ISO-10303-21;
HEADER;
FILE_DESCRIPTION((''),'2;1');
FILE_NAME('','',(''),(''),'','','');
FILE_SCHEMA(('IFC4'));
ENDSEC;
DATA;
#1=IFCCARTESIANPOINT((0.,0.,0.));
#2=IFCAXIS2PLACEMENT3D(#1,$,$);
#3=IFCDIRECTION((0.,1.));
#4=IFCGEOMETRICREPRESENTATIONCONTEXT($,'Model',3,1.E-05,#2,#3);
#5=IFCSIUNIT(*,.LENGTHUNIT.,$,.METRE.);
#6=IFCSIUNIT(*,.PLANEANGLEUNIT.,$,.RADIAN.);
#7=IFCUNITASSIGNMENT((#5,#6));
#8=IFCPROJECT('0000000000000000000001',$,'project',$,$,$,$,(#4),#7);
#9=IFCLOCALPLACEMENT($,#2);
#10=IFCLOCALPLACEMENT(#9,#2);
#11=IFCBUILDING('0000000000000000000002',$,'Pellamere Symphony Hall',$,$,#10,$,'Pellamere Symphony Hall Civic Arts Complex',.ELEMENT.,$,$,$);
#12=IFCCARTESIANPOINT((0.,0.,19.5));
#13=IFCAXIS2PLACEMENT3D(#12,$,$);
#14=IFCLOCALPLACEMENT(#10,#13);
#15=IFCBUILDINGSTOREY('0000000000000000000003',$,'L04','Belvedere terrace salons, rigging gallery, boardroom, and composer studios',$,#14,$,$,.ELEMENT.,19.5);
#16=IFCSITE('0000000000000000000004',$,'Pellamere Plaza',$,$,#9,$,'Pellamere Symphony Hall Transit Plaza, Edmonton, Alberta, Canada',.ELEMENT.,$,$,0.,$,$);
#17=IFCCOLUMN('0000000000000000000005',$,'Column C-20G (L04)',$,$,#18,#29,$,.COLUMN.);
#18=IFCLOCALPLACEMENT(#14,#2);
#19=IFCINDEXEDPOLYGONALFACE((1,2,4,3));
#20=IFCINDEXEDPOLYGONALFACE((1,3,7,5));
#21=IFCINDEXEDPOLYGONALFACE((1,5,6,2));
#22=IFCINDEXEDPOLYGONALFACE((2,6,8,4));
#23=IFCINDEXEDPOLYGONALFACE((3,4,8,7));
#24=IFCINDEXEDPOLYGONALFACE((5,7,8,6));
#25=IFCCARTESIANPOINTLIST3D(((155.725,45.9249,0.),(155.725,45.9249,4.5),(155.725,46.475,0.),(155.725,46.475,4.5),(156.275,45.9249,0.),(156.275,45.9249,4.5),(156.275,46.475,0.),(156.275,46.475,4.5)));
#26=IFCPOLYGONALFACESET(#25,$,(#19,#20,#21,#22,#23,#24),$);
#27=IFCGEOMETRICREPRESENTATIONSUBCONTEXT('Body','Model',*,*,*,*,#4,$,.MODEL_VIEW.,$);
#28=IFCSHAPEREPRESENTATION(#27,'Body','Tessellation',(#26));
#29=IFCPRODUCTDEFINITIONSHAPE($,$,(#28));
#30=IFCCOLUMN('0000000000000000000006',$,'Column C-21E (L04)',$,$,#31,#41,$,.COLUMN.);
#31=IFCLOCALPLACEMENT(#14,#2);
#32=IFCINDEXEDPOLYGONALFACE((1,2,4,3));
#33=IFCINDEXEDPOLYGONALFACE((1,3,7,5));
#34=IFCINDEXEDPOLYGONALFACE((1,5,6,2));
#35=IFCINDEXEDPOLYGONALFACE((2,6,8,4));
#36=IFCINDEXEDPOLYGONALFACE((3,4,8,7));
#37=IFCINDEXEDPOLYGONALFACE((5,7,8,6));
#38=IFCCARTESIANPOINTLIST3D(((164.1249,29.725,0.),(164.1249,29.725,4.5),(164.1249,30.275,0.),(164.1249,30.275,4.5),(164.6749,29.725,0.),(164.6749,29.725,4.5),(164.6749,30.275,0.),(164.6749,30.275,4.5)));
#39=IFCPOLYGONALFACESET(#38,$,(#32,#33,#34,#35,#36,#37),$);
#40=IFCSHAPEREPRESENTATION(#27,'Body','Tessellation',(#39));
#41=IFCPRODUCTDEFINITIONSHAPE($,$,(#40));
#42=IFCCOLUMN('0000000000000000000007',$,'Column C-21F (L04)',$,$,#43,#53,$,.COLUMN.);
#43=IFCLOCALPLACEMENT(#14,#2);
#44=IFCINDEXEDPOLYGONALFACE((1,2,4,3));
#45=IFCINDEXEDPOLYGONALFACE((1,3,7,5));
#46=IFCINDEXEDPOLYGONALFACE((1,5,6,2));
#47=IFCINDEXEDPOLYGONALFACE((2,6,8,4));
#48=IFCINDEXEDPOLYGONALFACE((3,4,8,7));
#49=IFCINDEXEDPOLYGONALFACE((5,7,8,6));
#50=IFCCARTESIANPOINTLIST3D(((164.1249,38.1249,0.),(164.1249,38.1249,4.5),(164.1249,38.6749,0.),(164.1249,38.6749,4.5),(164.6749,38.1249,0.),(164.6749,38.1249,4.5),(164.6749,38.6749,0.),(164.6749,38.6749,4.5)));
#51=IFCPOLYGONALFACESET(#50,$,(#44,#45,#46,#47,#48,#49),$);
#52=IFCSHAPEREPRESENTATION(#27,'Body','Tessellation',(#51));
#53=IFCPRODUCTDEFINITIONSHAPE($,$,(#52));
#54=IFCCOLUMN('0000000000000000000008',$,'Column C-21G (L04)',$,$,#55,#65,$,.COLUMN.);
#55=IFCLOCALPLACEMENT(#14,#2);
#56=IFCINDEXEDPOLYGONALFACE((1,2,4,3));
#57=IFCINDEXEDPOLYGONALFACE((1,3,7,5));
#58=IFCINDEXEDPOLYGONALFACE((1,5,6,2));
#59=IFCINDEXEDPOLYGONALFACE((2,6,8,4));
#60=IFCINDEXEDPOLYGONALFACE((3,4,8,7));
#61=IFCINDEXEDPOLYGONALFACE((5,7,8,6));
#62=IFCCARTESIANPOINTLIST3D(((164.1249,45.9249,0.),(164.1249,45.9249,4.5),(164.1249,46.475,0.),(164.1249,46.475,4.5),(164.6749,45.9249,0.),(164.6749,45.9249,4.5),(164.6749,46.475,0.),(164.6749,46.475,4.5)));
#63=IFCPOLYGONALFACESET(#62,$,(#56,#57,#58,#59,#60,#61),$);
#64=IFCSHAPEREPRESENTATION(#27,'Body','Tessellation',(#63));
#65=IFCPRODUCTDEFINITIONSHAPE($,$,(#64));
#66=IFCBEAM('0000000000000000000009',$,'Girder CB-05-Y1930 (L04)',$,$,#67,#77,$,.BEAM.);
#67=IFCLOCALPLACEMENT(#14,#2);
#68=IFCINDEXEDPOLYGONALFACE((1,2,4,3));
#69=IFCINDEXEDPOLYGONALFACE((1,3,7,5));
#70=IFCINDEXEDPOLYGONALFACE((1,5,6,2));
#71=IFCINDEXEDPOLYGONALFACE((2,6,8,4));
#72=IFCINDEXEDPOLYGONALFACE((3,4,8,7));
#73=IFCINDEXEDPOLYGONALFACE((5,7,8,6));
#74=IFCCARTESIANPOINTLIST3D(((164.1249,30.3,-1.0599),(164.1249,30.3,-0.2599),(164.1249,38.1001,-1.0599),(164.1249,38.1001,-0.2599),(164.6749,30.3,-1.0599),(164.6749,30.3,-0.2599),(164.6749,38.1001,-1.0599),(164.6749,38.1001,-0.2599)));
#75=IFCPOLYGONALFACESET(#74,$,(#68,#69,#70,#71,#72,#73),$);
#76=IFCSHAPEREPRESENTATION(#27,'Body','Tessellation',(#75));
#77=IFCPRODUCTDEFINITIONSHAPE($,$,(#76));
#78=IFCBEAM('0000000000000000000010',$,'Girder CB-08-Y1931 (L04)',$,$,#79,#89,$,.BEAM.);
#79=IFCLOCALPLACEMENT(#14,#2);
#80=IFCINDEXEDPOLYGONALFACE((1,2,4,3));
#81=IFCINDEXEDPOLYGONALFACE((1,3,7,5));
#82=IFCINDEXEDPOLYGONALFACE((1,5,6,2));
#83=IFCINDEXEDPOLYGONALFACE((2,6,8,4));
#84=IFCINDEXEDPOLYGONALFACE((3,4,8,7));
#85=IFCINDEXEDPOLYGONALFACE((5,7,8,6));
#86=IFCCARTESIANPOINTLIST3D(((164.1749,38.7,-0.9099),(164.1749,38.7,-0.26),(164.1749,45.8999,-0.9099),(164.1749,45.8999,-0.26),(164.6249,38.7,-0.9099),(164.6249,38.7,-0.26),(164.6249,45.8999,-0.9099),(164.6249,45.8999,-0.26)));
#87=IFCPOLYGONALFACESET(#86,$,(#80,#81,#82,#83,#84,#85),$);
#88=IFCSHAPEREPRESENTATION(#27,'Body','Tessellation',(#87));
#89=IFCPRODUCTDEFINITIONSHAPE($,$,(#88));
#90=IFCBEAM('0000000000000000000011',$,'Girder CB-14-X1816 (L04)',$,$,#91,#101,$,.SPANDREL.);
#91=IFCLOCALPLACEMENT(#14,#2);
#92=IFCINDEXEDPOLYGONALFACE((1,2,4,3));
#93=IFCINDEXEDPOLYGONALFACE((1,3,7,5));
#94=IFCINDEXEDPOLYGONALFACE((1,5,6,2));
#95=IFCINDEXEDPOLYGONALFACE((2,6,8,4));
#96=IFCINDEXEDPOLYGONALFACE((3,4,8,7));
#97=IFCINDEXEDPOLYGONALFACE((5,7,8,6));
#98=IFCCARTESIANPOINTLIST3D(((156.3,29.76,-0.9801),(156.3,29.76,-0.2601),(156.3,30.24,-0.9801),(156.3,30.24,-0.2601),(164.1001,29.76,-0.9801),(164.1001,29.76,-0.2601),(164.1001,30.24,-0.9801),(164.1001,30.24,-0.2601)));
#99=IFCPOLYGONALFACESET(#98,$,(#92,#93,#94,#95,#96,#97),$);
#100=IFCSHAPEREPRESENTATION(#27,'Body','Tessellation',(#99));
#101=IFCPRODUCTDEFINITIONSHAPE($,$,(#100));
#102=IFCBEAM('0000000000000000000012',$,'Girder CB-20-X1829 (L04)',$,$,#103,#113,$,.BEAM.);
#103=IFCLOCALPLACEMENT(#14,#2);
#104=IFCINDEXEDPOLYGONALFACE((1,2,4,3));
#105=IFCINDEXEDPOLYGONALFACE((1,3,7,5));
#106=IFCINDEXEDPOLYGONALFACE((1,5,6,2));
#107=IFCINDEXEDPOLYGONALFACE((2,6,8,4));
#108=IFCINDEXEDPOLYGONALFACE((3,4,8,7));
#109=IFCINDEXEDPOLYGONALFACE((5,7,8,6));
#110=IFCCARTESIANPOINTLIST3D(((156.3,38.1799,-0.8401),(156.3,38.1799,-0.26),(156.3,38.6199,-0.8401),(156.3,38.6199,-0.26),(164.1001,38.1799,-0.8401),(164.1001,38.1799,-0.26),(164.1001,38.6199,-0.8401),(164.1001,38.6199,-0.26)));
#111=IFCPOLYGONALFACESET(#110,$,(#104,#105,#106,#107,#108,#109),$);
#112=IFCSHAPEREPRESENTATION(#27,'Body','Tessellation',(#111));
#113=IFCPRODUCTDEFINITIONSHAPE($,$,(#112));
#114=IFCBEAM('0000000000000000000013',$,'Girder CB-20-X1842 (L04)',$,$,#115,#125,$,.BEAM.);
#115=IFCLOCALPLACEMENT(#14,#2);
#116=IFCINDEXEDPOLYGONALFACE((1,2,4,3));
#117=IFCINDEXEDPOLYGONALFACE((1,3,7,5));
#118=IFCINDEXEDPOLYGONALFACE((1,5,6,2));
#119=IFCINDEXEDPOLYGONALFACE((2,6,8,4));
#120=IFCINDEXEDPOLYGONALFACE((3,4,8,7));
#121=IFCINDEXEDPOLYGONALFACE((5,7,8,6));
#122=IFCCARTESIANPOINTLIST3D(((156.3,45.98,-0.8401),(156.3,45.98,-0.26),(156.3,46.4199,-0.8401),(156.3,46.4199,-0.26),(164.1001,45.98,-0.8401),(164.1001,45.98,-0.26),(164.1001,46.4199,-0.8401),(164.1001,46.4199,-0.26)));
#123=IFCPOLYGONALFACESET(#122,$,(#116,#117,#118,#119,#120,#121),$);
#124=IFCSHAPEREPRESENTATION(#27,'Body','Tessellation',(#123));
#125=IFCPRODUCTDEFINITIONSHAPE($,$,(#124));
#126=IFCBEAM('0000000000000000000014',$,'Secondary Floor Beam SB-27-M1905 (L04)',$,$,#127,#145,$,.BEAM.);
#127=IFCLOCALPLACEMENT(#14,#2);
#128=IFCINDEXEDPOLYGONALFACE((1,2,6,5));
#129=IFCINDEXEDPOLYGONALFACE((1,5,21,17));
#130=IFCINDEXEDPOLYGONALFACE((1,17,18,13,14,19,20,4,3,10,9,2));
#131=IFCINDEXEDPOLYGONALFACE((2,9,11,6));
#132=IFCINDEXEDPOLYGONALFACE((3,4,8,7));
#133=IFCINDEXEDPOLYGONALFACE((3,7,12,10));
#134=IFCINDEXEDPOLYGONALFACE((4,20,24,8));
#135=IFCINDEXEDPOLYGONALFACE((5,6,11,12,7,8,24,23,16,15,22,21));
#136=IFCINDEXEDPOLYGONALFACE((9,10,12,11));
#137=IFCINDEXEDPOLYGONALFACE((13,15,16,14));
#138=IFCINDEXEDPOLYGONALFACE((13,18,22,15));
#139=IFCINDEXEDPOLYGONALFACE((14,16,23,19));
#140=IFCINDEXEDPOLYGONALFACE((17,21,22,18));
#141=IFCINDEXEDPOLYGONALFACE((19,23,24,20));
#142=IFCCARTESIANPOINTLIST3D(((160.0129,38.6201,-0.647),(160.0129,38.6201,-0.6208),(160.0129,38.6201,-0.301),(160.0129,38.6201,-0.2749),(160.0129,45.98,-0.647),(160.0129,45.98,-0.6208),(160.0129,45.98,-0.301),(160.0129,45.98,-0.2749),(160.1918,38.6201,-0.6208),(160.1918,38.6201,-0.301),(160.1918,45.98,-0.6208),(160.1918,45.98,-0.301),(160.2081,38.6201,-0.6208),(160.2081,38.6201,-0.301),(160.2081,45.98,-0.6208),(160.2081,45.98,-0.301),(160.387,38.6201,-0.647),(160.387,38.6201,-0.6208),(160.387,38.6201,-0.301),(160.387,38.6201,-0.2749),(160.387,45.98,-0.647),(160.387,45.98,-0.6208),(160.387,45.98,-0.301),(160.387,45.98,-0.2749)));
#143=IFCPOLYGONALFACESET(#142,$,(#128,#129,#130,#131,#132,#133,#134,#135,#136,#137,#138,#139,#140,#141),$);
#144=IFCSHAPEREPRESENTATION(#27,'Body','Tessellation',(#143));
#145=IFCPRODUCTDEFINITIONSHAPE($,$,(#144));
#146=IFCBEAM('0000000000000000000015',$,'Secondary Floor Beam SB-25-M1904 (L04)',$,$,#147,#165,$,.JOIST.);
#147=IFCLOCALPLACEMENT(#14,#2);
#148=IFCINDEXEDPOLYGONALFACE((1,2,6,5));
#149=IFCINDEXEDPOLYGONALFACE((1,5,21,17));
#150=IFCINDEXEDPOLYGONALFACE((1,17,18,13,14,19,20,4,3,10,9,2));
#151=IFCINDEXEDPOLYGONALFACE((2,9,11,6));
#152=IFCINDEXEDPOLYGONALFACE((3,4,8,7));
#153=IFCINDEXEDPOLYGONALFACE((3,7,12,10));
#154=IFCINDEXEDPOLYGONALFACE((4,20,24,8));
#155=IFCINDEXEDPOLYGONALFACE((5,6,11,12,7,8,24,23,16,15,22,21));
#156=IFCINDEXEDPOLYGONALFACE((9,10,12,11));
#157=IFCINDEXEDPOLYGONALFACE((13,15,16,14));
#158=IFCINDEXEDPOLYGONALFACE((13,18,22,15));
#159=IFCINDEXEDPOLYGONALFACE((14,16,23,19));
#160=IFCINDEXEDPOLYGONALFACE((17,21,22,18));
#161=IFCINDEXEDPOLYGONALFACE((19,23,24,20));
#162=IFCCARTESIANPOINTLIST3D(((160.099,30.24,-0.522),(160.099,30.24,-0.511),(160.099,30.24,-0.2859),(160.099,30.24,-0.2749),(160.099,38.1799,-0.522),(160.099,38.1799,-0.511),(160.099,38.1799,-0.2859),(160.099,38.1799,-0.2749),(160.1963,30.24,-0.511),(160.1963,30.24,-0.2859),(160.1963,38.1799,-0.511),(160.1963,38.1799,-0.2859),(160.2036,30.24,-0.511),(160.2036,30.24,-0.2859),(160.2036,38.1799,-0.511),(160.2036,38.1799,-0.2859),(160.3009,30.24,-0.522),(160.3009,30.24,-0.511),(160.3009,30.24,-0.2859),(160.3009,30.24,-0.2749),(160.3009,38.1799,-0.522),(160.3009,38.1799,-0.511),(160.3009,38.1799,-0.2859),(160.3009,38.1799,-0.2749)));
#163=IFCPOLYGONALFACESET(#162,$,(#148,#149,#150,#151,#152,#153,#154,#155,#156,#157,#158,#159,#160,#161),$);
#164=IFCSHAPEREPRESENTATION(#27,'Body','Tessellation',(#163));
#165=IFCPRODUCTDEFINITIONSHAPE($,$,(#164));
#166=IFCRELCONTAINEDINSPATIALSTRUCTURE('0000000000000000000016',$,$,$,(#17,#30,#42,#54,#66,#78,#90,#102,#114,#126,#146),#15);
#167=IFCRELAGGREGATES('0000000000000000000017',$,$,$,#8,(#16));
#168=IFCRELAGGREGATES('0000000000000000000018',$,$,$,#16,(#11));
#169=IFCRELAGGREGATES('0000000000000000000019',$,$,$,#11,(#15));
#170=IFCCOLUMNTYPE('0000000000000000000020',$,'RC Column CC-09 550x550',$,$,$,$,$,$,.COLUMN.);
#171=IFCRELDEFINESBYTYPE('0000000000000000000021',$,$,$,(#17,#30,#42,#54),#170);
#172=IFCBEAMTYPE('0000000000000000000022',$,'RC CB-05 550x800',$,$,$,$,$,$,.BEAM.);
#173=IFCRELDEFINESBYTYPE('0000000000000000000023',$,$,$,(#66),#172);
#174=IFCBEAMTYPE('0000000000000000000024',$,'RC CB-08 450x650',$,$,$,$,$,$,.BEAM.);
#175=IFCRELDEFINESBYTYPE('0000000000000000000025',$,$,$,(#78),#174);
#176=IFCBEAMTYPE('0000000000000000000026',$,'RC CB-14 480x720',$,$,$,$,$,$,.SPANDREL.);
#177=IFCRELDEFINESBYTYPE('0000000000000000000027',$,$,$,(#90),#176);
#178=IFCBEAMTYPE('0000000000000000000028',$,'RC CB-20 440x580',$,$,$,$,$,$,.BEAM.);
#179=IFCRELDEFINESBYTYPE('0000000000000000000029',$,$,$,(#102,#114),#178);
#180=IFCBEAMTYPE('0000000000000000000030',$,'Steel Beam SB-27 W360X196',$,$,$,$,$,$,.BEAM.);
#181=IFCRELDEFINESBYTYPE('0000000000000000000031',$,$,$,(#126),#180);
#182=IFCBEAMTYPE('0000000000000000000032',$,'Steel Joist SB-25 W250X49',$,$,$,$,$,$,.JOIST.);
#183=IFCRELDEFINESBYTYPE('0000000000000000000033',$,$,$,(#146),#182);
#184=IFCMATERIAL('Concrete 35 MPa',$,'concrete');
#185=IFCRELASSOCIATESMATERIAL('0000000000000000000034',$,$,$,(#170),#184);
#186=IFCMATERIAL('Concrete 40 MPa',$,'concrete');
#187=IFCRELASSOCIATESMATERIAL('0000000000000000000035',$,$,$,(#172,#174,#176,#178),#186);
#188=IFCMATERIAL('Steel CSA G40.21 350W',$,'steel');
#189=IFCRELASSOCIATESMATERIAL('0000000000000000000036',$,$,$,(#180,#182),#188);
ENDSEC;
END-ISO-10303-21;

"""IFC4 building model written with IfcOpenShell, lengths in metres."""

from ifc_helpers import new_model, si_unit, direction, frame, origin, origin_2d, place, context, subcontext, project, spatial, rectangle, i_section, extrude, material, material_profile, profile_set, type_object, element, save


model = new_model("IFC4")

# Units and contexts
model_context = context("Model", 3, precision=1e-05, world=origin(), true_north=direction((0.0, 1.0)))
body_context = subcontext(model_context, "Body", "Model", "MODEL_VIEW")
ifc_project = project(units=[si_unit("LENGTHUNIT", "METRE"), si_unit("PLANEANGLEUNIT", "RADIAN")], contexts=[model_context])

# Site, building, storey
site_placement = place(None, origin())
site = spatial("IfcSite", under=ifc_project, at=site_placement, Name="Pellamere Plaza", LongName="Pellamere Symphony Hall Transit Plaza, Edmonton, Alberta, Canada", CompositionType="ELEMENT", RefElevation=0.0)
building_placement = place(site_placement, origin())
building = spatial("IfcBuilding", under=site, at=building_placement, Name="Pellamere Symphony Hall", LongName="Pellamere Symphony Hall Civic Arts Complex", CompositionType="ELEMENT")
storey_placement = place(building_placement, frame((0.0, 0.0, 19.5)))
storey = spatial("IfcBuildingStorey", under=building, at=storey_placement, Name="L04", Description="Belvedere terrace salons, rigging gallery, boardroom, and composer studios", CompositionType="ELEMENT", Elevation=19.5)

# Columns
ifc_material_1 = material(Name="Concrete 35 MPa", Category="concrete")
ifc_material_profile_1 = material_profile(ifc_material_1, rectangle(XDim=0.55, YDim=0.55, at=origin_2d()), Name="RC 550x550")
ifc_profile_set_1 = profile_set([ifc_material_profile_1], Name="Concrete 35 MPa")
column_type = type_object("IfcColumnType", Name="RC Column CC-09 550x550", PredefinedType="COLUMN", material=ifc_profile_set_1)
for number, where, z_axis, x_axis, name in (
    (1, (156.0, 46.2, 0.0), (0.0, 0.0, 1.0), (1.0, 0.0, 0.0), "Column C-20G (L04)"),
    (2, (164.3999, 30.0, 0.0), (0.0, 0.0, 1.0), (1.0, 0.0, 0.0), "Column C-21E (L04)"),
    (3, (164.3999, 38.3999, 0.0), (0.0, 0.0, 1.0), (1.0, 0.0, 0.0), "Column C-21F (L04)"),
    (4, (164.3999, 46.2, 0.0), (0.0, 0.0, 1.0), (1.0, 0.0, 0.0), "Column C-21G (L04)"),
):
    element("IfcColumn", number, at=place(storey_placement, frame(where, z_axis=z_axis, x_axis=x_axis)), inside=storey, type_object=column_type, Name=name, PredefinedType="COLUMN", context=body_context, shape_type="SweptSolid", body=[
        extrude(rectangle(XDim=0.55, YDim=0.55, at=origin_2d()), origin(), (0.0, 0.0, 1.0), 4.5),
    ])

# Beams
ifc_material_2 = material(Name="Concrete 40 MPa", Category="concrete")
ifc_material_profile_2 = material_profile(ifc_material_2, rectangle(XDim=0.55, YDim=0.8, at=origin_2d()), Name="RC 550x800")
ifc_profile_set_2 = profile_set([ifc_material_profile_2], Name="Concrete 40 MPa")
beam_type_1 = type_object("IfcBeamType", Name="RC CB-05 550x800", PredefinedType="BEAM", material=ifc_profile_set_2)
beam_1_placement = place(storey_placement, frame((164.3999, 30.3, -0.6599), z_axis=(0.0, 1.0, 0.0), x_axis=(-1.0, 0.0, 0.0)))
element("IfcBeam", 5, at=beam_1_placement, inside=storey, type_object=beam_type_1, Name="Girder CB-05-Y1930 (L04)", PredefinedType="BEAM", context=body_context, shape_type="SweptSolid", body=[
    extrude(rectangle(XDim=0.55, YDim=0.8, at=origin_2d()), origin(), (0.0, 0.0, 1.0), 7.8),
])
ifc_material_profile_3 = material_profile(ifc_material_2, rectangle(XDim=0.45, YDim=0.6499, at=origin_2d()), Name="RC 450x650")
ifc_profile_set_3 = profile_set([ifc_material_profile_3], Name="Concrete 40 MPa")
beam_type_2 = type_object("IfcBeamType", Name="RC CB-08 450x650", PredefinedType="BEAM", material=ifc_profile_set_3)
beam_2_placement = place(storey_placement, frame((164.3999, 38.7, -0.585), z_axis=(0.0, 1.0, 0.0), x_axis=(-1.0, 0.0, 0.0)))
element("IfcBeam", 6, at=beam_2_placement, inside=storey, type_object=beam_type_2, Name="Girder CB-08-Y1931 (L04)", PredefinedType="BEAM", context=body_context, shape_type="SweptSolid", body=[
    extrude(rectangle(XDim=0.45, YDim=0.6499, at=origin_2d()), origin(), (0.0, 0.0, 1.0), 7.2),
])
ifc_material_profile_4 = material_profile(ifc_material_2, rectangle(XDim=0.48, YDim=0.72, at=origin_2d()), Name="RC 480x720")
ifc_profile_set_4 = profile_set([ifc_material_profile_4], Name="Concrete 40 MPa")
beam_type_3 = type_object("IfcBeamType", Name="RC CB-14 480x720", PredefinedType="SPANDREL", material=ifc_profile_set_4)
beam_3_placement = place(storey_placement, frame((156.3, 30.0, -0.6201), z_axis=(1.0, 0.0, 0.0), x_axis=(0.0, 1.0, 0.0)))
element("IfcBeam", 7, at=beam_3_placement, inside=storey, type_object=beam_type_3, Name="Girder CB-14-X1816 (L04)", PredefinedType="SPANDREL", context=body_context, shape_type="SweptSolid", body=[
    extrude(rectangle(XDim=0.48, YDim=0.72, at=origin_2d()), origin(), (0.0, 0.0, 1.0), 7.8),
])
ifc_material_profile_5 = material_profile(ifc_material_2, rectangle(XDim=0.4399, YDim=0.5801, at=origin_2d()), Name="RC 440x580")
ifc_profile_set_5 = profile_set([ifc_material_profile_5], Name="Concrete 40 MPa")
beam_type_4 = type_object("IfcBeamType", Name="RC CB-20 440x580", PredefinedType="BEAM", material=ifc_profile_set_5)
for number, where, z_axis, x_axis, name in (
    (8, (156.3, 38.3999, -0.55), (1.0, 0.0, 0.0), (0.0, 1.0, 0.0), "Girder CB-20-X1829 (L04)"),
    (9, (156.3, 46.2, -0.55), (1.0, 0.0, 0.0), (0.0, 1.0, 0.0), "Girder CB-20-X1842 (L04)"),
):
    element("IfcBeam", number, at=place(storey_placement, frame(where, z_axis=z_axis, x_axis=x_axis)), inside=storey, type_object=beam_type_4, Name=name, PredefinedType="BEAM", context=body_context, shape_type="SweptSolid", body=[
        extrude(rectangle(XDim=0.4399, YDim=0.5801, at=origin_2d()), origin(), (0.0, 0.0, 1.0), 7.8),
    ])
ifc_material_3 = material(Name="Steel CSA G40.21 350W", Category="steel")
ifc_material_profile_6 = material_profile(ifc_material_3, i_section(OverallWidth=0.374, OverallDepth=0.3721, WebThickness=0.0164, FlangeThickness=0.0261, at=origin_2d()), Name="W360X196")
ifc_profile_set_6 = profile_set([ifc_material_profile_6], Name="Steel CSA G40.21 350W")
beam_type_5 = type_object("IfcBeamType", Name="Steel Beam SB-27 W360X196", PredefinedType="BEAM", material=ifc_profile_set_6)
beam_4_placement = place(storey_placement, frame((160.2, 38.6201, -0.4609), z_axis=(0.0, 1.0, 0.0), x_axis=(-1.0, 0.0, 0.0)))
element("IfcBeam", 10, at=beam_4_placement, inside=storey, type_object=beam_type_5, Name="Secondary Floor Beam SB-27-M1905 (L04)", PredefinedType="BEAM", context=body_context, shape_type="SweptSolid", body=[
    extrude(i_section(OverallWidth=0.374, OverallDepth=0.3721, WebThickness=0.0164, FlangeThickness=0.0261, at=origin_2d()), origin(), (0.0, 0.0, 1.0), 7.3599),
])
ifc_material_profile_7 = material_profile(ifc_material_3, i_section(OverallWidth=0.2019, OverallDepth=0.2471, WebThickness=0.0073, FlangeThickness=0.011, at=origin_2d()), Name="W250X49")
ifc_profile_set_7 = profile_set([ifc_material_profile_7], Name="Steel CSA G40.21 350W")
beam_type_6 = type_object("IfcBeamType", Name="Steel Joist SB-25 W250X49", PredefinedType="JOIST", material=ifc_profile_set_7)
beam_5_placement = place(storey_placement, frame((160.2, 30.24, -0.3984), z_axis=(0.0, 1.0, 0.0), x_axis=(-1.0, 0.0, 0.0)))
element("IfcBeam", 11, at=beam_5_placement, inside=storey, type_object=beam_type_6, Name="Secondary Floor Beam SB-25-M1904 (L04)", PredefinedType="JOIST", context=body_context, shape_type="SweptSolid", body=[
    extrude(i_section(OverallWidth=0.2019, OverallDepth=0.2471, WebThickness=0.0073, FlangeThickness=0.011, at=origin_2d()), origin(), (0.0, 0.0, 1.0), 7.9399),
])

save(model, "model.ifc")
